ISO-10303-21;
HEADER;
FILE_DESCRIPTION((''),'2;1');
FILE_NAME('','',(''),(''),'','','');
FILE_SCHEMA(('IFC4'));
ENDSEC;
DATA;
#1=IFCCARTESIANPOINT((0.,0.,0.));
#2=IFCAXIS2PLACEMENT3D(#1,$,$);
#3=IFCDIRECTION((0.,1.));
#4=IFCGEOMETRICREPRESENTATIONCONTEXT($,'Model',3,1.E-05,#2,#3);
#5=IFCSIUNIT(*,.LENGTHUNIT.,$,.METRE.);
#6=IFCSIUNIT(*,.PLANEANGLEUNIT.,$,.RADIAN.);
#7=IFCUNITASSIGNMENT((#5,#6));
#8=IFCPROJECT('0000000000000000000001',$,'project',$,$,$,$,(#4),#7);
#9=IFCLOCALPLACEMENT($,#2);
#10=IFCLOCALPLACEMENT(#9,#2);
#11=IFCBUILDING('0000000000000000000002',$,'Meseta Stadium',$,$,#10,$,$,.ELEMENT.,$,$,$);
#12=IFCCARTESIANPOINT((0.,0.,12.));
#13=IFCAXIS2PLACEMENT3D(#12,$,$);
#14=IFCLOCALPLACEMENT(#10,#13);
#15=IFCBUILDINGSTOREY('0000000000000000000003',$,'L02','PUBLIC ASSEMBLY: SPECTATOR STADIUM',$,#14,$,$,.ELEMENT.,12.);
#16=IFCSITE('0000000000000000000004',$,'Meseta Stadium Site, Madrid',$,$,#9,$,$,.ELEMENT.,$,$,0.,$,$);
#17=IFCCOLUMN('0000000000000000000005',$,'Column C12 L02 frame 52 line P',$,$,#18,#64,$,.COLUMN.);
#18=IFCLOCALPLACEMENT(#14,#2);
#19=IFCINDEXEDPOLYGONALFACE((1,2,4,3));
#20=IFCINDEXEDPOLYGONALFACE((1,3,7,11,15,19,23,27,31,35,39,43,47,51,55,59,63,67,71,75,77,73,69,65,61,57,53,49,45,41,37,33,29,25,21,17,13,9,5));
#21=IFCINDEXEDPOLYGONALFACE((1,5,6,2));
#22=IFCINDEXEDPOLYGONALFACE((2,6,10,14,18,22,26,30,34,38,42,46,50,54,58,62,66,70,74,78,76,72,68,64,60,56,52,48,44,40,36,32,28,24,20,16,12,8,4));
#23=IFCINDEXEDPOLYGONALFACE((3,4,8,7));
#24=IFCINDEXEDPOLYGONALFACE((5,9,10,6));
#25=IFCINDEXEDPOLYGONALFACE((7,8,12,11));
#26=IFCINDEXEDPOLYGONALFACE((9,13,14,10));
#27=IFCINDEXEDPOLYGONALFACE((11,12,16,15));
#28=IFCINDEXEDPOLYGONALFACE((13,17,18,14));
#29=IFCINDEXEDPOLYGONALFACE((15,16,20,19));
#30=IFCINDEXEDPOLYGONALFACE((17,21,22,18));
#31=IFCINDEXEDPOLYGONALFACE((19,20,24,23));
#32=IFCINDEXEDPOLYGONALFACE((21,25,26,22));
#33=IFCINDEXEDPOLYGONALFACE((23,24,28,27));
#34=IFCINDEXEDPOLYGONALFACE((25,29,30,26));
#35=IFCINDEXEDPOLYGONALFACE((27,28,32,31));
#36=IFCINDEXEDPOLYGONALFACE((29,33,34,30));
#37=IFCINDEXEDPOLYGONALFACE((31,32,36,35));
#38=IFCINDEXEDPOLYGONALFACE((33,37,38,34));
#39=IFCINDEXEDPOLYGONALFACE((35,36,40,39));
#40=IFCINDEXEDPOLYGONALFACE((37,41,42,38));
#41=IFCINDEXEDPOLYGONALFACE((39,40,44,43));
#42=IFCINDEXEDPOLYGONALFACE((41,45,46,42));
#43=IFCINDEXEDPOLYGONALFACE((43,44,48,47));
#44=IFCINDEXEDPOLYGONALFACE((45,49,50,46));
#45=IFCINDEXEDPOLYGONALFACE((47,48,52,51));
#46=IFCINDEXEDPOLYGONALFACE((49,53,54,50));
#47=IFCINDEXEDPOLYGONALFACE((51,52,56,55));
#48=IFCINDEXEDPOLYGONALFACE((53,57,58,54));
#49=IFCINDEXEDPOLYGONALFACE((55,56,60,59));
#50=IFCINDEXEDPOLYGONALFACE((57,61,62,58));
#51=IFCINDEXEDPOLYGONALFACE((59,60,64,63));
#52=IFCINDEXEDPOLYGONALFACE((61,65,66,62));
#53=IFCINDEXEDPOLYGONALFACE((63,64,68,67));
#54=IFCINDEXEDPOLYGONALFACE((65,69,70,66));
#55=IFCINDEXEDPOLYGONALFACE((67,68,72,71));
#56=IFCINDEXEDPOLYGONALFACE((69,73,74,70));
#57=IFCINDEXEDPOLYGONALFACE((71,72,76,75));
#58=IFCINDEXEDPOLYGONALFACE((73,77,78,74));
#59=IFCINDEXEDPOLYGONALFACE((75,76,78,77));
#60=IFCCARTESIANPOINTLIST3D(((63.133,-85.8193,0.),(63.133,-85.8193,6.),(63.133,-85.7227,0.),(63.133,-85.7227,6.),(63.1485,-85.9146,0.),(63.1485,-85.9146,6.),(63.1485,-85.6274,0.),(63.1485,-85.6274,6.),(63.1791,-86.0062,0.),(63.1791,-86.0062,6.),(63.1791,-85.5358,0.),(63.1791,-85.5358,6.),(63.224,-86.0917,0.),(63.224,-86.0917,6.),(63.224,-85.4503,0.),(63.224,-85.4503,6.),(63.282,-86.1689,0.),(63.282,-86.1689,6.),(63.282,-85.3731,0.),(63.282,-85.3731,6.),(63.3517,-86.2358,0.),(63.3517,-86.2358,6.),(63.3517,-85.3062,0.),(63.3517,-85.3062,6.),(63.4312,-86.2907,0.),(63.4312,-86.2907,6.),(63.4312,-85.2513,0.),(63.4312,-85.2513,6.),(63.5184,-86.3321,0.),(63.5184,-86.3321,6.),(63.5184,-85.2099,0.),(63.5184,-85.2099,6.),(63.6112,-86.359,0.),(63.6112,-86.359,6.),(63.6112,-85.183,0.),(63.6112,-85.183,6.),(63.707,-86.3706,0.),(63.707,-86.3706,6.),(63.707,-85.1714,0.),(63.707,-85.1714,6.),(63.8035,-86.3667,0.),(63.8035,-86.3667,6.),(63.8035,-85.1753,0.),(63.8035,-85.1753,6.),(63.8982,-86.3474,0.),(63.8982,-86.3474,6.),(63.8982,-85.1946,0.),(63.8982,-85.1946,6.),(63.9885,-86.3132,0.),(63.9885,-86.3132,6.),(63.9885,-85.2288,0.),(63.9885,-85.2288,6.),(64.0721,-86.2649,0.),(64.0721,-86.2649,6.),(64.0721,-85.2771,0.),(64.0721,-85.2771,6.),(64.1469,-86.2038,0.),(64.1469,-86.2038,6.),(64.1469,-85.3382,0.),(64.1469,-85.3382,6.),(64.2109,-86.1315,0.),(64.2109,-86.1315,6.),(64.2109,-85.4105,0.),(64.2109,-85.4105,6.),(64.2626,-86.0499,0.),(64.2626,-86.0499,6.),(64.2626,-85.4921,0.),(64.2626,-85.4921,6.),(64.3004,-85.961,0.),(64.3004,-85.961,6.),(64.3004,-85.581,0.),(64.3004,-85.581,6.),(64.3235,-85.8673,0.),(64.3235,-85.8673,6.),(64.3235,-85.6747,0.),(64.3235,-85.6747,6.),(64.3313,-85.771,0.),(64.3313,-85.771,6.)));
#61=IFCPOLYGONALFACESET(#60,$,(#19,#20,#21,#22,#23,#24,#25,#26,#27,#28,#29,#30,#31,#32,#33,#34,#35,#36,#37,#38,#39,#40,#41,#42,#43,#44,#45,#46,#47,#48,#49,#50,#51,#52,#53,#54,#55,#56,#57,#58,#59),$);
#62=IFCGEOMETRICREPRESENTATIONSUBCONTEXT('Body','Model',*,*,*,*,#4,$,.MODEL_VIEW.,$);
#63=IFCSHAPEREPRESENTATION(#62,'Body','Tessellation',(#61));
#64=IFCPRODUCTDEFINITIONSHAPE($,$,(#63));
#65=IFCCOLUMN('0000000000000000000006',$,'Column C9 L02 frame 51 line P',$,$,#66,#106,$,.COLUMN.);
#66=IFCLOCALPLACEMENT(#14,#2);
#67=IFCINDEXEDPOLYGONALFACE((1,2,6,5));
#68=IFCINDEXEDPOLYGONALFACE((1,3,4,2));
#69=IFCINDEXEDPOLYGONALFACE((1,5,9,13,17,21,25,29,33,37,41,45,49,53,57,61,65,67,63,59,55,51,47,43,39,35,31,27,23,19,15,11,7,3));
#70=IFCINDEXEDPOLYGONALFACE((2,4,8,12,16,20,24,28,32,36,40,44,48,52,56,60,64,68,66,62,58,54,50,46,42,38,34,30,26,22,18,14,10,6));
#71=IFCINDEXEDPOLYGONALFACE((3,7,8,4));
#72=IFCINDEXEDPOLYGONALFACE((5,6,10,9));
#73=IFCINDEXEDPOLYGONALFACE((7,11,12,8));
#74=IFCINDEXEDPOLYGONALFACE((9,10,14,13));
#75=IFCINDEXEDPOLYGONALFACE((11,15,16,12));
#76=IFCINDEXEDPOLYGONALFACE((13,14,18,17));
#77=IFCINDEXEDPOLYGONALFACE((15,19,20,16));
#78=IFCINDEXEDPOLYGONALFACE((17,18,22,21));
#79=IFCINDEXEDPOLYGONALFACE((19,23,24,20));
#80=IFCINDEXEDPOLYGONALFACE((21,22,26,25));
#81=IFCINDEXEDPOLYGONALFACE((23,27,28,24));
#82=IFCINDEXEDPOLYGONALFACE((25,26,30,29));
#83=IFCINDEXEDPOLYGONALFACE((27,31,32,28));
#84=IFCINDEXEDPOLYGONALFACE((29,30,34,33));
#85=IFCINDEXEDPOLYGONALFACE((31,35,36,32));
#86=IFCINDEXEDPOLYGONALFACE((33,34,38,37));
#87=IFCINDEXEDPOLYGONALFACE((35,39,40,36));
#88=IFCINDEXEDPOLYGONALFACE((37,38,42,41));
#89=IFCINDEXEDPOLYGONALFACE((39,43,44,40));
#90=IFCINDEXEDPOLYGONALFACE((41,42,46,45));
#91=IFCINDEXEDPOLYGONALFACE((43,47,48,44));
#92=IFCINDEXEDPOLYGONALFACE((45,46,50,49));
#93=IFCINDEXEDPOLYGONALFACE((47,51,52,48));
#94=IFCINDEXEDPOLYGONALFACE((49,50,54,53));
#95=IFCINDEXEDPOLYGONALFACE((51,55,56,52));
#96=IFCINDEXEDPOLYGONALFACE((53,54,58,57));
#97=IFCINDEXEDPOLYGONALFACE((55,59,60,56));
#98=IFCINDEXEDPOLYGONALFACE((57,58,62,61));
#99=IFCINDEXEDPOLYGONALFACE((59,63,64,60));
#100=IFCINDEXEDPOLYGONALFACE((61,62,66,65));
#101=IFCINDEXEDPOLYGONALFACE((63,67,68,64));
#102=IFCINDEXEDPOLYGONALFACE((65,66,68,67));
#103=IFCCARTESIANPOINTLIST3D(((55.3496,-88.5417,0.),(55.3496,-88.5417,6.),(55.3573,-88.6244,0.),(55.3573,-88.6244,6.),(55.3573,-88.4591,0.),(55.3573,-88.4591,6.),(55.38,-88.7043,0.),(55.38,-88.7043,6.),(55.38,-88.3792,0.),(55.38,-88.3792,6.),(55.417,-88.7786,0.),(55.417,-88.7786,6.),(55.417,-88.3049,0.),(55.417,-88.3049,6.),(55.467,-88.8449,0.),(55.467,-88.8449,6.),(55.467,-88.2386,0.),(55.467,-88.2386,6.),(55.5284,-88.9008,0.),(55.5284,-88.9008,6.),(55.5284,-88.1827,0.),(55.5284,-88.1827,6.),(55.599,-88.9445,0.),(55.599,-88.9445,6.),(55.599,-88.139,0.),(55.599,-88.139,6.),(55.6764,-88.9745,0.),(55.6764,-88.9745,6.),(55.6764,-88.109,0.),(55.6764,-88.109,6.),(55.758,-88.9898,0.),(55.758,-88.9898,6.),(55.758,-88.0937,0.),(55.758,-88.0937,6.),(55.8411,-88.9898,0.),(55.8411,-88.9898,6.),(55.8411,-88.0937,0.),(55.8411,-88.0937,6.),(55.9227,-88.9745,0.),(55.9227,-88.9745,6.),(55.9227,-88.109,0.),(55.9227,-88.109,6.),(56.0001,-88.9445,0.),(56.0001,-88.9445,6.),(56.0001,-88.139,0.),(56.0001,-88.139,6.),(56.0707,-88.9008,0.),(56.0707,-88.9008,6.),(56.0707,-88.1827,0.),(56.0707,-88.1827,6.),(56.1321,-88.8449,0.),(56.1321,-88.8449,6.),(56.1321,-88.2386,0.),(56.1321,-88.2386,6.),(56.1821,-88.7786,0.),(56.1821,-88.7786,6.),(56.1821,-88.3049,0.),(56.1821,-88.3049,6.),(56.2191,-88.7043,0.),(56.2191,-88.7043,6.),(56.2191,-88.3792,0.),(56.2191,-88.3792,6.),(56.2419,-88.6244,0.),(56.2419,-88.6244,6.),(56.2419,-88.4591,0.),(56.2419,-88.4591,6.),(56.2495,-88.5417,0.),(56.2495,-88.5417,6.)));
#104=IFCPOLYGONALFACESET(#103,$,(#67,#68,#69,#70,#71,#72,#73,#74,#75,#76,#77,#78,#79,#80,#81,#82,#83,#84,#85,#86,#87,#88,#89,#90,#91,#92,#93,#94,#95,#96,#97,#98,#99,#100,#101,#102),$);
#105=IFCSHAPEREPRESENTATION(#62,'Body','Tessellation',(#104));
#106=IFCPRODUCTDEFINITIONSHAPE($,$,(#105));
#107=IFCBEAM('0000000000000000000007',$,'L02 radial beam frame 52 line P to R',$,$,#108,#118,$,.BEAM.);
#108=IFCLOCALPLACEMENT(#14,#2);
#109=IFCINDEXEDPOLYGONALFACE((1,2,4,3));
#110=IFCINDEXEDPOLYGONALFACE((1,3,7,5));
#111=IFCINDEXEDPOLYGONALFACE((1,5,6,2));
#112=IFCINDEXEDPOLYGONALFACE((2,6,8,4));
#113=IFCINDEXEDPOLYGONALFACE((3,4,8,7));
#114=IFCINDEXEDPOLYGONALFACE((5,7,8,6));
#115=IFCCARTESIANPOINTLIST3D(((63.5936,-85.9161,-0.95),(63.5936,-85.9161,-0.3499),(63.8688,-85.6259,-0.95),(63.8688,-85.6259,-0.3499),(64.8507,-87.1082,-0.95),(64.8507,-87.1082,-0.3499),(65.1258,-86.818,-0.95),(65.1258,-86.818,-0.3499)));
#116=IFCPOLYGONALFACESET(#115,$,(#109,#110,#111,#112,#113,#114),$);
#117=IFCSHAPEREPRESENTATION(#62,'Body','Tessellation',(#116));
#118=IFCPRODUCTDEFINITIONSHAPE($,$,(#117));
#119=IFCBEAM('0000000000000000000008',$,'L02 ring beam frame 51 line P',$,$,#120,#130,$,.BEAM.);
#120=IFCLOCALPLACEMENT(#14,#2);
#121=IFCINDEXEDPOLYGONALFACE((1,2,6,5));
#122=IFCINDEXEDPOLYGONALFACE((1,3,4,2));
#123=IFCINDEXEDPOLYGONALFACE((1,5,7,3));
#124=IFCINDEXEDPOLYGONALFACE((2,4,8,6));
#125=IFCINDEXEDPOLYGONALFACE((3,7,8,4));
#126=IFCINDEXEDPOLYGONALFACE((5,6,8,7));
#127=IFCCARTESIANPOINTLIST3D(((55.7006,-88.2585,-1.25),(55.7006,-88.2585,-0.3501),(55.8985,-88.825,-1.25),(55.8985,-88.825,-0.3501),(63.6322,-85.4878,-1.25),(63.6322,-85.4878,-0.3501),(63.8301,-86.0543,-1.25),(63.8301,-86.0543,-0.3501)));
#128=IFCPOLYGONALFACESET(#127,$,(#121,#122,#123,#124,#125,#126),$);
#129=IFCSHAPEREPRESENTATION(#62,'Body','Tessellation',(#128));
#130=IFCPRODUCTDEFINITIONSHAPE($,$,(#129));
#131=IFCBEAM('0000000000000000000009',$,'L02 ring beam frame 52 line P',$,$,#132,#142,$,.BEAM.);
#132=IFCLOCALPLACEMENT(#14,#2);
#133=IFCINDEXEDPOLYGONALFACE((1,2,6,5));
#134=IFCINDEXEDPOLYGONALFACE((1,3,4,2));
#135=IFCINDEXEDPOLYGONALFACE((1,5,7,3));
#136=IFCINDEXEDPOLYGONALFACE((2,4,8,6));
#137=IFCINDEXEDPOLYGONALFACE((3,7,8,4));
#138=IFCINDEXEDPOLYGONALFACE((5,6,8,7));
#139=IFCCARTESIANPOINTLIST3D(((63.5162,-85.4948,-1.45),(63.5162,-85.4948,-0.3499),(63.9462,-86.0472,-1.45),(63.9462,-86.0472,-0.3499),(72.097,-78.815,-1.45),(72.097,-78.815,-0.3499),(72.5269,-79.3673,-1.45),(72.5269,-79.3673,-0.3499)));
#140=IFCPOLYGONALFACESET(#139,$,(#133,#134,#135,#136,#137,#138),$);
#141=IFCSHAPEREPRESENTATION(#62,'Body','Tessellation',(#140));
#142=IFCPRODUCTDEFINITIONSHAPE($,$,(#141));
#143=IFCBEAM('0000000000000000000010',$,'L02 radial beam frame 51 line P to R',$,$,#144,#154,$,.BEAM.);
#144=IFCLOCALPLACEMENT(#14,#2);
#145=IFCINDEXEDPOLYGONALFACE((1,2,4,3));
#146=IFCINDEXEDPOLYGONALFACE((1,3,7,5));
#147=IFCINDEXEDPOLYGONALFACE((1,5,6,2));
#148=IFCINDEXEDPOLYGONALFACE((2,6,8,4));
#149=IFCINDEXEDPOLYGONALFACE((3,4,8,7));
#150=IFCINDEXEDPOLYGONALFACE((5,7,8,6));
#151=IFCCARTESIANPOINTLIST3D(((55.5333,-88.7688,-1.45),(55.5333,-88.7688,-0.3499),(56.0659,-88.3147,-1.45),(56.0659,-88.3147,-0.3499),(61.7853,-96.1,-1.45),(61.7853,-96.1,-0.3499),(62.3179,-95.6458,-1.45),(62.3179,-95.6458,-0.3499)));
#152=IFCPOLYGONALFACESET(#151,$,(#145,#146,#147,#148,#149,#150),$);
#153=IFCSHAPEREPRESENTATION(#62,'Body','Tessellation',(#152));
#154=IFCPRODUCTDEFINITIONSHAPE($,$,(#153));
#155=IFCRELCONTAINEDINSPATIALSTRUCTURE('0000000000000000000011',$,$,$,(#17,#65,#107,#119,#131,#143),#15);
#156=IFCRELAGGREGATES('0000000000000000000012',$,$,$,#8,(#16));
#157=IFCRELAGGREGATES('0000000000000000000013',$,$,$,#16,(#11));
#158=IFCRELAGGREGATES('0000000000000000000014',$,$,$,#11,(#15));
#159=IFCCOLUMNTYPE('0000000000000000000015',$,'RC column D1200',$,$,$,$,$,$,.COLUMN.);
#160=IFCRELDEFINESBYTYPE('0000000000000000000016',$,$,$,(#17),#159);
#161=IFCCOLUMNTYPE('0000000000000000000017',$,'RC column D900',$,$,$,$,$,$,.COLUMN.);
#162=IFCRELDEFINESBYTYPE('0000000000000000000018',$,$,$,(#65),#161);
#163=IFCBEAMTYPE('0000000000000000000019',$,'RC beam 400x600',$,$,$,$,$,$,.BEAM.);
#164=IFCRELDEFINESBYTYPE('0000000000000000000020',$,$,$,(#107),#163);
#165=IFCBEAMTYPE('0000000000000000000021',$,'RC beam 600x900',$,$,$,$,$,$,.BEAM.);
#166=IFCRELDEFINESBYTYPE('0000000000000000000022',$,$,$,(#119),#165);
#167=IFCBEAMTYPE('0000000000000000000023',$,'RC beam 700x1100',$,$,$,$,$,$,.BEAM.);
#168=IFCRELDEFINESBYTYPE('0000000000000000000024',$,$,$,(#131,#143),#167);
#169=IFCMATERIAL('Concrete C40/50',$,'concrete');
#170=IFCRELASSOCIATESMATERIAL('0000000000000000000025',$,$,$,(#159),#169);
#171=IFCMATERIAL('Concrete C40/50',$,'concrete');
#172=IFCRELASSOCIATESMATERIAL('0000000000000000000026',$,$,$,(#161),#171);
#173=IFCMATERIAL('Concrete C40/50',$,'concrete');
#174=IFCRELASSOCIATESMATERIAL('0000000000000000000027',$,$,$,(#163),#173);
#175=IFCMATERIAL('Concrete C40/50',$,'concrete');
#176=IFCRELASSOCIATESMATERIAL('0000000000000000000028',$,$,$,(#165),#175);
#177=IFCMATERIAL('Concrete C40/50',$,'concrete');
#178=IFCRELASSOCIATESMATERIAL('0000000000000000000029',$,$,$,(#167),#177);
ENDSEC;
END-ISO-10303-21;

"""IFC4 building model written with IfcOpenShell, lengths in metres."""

from ifc_helpers import new_model, si_unit, direction, frame, origin, origin_2d, place, context, subcontext, project, spatial, rectangle, circle, extrude, material, material_profile, profile_set, type_object, element, save


model = new_model("IFC4")

# Units and contexts
model_context = context("Model", 3, precision=1e-05, world=origin(), true_north=direction((0.0, 1.0)))
body_context = subcontext(model_context, "Body", "Model", "MODEL_VIEW")
ifc_project = project(units=[si_unit("LENGTHUNIT", "METRE"), si_unit("PLANEANGLEUNIT", "RADIAN")], contexts=[model_context])

# Site, building, storey
site_placement = place(None, origin())
site = spatial("IfcSite", under=ifc_project, at=site_placement, Name="Meseta Stadium Site, Madrid", CompositionType="ELEMENT", RefElevation=0.0)
building_placement = place(site_placement, origin())
building = spatial("IfcBuilding", under=site, at=building_placement, Name="Meseta Stadium", CompositionType="ELEMENT")
storey_placement = place(building_placement, frame((0.0, 0.0, 12.0)))
storey = spatial("IfcBuildingStorey", under=building, at=storey_placement, Name="L02", Description="PUBLIC ASSEMBLY: SPECTATOR STADIUM", CompositionType="ELEMENT", Elevation=12.0)

# Columns
ifc_material_1 = material(Name="Concrete C40/50", Category="concrete")
ifc_material_profile_1 = material_profile(ifc_material_1, circle(Radius=0.6001, at=origin_2d()), Name="RC D1200")
ifc_profile_set_1 = profile_set([ifc_material_profile_1], Name="Concrete C40/50")
column_type_1 = type_object("IfcColumnType", Name="RC column D1200", PredefinedType="COLUMN", material=ifc_profile_set_1)
column_1_placement = place(storey_placement, frame((63.7312, -85.771, 0.0), z_axis=(0.0, 0.0, 1.0), x_axis=(1.0, 0.0, 0.0)))
element("IfcColumn", 1, at=column_1_placement, inside=storey, type_object=column_type_1, Name="Column C12 L02 frame 52 line P", PredefinedType="COLUMN", context=body_context, shape_type="SweptSolid", body=[
    extrude(circle(Radius=0.6001, at=origin_2d()), origin(), (0.0, 0.0, 1.0), 6.0),
])
ifc_material_2 = material(Name="Concrete C40/50", Category="concrete")
ifc_material_profile_2 = material_profile(ifc_material_2, circle(Radius=0.45, at=origin_2d()), Name="RC D900")
ifc_profile_set_2 = profile_set([ifc_material_profile_2], Name="Concrete C40/50")
column_type_2 = type_object("IfcColumnType", Name="RC column D900", PredefinedType="COLUMN", material=ifc_profile_set_2)
column_2_placement = place(storey_placement, frame((55.7996, -88.5417, 0.0), z_axis=(0.0, 0.0, 1.0), x_axis=(1.0, 0.0, 0.0)))
element("IfcColumn", 2, at=column_2_placement, inside=storey, type_object=column_type_2, Name="Column C9 L02 frame 51 line P", PredefinedType="COLUMN", context=body_context, shape_type="SweptSolid", body=[
    extrude(circle(Radius=0.45, at=origin_2d()), origin(), (0.0, 0.0, 1.0), 6.0),
])

# Beams
ifc_material_3 = material(Name="Concrete C40/50", Category="concrete")
ifc_material_profile_3 = material_profile(ifc_material_3, rectangle(XDim=0.3999, YDim=0.6001, at=origin_2d()), Name="RC 400x600")
ifc_profile_set_3 = profile_set([ifc_material_profile_3], Name="Concrete C40/50")
beam_type_1 = type_object("IfcBeamType", Name="RC beam 400x600", PredefinedType="BEAM", material=ifc_profile_set_3)
beam_1_placement = place(storey_placement, frame((63.7312, -85.771, -0.6499), z_axis=(0.725601, -0.688116, 0.0), x_axis=(0.688116, 0.725601, 0.0)))
element("IfcBeam", 3, at=beam_1_placement, inside=storey, type_object=beam_type_1, Name="L02 radial beam frame 52 line P to R", PredefinedType="BEAM", context=body_context, shape_type="SweptSolid", body=[
    extrude(rectangle(XDim=0.3999, YDim=0.6001, at=origin_2d()), origin(), (0.0, 0.0, 1.0), 1.7324),
])
ifc_material_4 = material(Name="Concrete C40/50", Category="concrete")
ifc_material_profile_4 = material_profile(ifc_material_4, rectangle(XDim=0.6001, YDim=0.8999, at=origin_2d()), Name="RC 600x900")
ifc_profile_set_4 = profile_set([ifc_material_profile_4], Name="Concrete C40/50")
beam_type_2 = type_object("IfcBeamType", Name="RC beam 600x900", PredefinedType="BEAM", material=ifc_profile_set_4)
beam_2_placement = place(storey_placement, frame((55.7996, -88.5417, -0.8), z_axis=(0.944056, 0.329786, 0.0), x_axis=(-0.329786, 0.944056, 0.0)))
element("IfcBeam", 4, at=beam_2_placement, inside=storey, type_object=beam_type_2, Name="L02 ring beam frame 51 line P", PredefinedType="BEAM", context=body_context, shape_type="SweptSolid", body=[
    extrude(rectangle(XDim=0.6001, YDim=0.8999, at=origin_2d()), origin(), (0.0, 0.0, 1.0), 8.4016),
])
ifc_material_5 = material(Name="Concrete C40/50", Category="concrete")
ifc_material_profile_5 = material_profile(ifc_material_5, rectangle(XDim=0.7, YDim=1.1001, at=origin_2d()), Name="RC 700x1100")
ifc_profile_set_5 = profile_set([ifc_material_profile_5], Name="Concrete C40/50")
beam_type_3 = type_object("IfcBeamType", Name="RC beam 700x1100", PredefinedType="BEAM", material=ifc_profile_set_5)
beam_3_placement = place(storey_placement, frame((63.7312, -85.771, -0.8999), z_axis=(0.789086, 0.614283, 0.0), x_axis=(-0.614283, 0.789086, 0.0)))
element("IfcBeam", 5, at=beam_3_placement, inside=storey, type_object=beam_type_3, Name="L02 ring beam frame 52 line P", PredefinedType="BEAM", context=body_context, shape_type="SweptSolid", body=[
    extrude(rectangle(XDim=0.7, YDim=1.1001, at=origin_2d()), origin(), (0.0, 0.0, 1.0), 10.8743),
])
beam_4_placement = place(storey_placement, frame((55.7996, -88.5417, -0.8999), z_axis=(0.648886, -0.760885, 0.0), x_axis=(0.760885, 0.648886, 0.0)))
element("IfcBeam", 6, at=beam_4_placement, inside=storey, type_object=beam_type_3, Name="L02 radial beam frame 51 line P to R", PredefinedType="BEAM", context=body_context, shape_type="SweptSolid", body=[
    extrude(rectangle(XDim=0.7, YDim=1.1001, at=origin_2d()), origin(), (0.0, 0.0, 1.0), 9.635),
])

save(model, "model.ifc")
